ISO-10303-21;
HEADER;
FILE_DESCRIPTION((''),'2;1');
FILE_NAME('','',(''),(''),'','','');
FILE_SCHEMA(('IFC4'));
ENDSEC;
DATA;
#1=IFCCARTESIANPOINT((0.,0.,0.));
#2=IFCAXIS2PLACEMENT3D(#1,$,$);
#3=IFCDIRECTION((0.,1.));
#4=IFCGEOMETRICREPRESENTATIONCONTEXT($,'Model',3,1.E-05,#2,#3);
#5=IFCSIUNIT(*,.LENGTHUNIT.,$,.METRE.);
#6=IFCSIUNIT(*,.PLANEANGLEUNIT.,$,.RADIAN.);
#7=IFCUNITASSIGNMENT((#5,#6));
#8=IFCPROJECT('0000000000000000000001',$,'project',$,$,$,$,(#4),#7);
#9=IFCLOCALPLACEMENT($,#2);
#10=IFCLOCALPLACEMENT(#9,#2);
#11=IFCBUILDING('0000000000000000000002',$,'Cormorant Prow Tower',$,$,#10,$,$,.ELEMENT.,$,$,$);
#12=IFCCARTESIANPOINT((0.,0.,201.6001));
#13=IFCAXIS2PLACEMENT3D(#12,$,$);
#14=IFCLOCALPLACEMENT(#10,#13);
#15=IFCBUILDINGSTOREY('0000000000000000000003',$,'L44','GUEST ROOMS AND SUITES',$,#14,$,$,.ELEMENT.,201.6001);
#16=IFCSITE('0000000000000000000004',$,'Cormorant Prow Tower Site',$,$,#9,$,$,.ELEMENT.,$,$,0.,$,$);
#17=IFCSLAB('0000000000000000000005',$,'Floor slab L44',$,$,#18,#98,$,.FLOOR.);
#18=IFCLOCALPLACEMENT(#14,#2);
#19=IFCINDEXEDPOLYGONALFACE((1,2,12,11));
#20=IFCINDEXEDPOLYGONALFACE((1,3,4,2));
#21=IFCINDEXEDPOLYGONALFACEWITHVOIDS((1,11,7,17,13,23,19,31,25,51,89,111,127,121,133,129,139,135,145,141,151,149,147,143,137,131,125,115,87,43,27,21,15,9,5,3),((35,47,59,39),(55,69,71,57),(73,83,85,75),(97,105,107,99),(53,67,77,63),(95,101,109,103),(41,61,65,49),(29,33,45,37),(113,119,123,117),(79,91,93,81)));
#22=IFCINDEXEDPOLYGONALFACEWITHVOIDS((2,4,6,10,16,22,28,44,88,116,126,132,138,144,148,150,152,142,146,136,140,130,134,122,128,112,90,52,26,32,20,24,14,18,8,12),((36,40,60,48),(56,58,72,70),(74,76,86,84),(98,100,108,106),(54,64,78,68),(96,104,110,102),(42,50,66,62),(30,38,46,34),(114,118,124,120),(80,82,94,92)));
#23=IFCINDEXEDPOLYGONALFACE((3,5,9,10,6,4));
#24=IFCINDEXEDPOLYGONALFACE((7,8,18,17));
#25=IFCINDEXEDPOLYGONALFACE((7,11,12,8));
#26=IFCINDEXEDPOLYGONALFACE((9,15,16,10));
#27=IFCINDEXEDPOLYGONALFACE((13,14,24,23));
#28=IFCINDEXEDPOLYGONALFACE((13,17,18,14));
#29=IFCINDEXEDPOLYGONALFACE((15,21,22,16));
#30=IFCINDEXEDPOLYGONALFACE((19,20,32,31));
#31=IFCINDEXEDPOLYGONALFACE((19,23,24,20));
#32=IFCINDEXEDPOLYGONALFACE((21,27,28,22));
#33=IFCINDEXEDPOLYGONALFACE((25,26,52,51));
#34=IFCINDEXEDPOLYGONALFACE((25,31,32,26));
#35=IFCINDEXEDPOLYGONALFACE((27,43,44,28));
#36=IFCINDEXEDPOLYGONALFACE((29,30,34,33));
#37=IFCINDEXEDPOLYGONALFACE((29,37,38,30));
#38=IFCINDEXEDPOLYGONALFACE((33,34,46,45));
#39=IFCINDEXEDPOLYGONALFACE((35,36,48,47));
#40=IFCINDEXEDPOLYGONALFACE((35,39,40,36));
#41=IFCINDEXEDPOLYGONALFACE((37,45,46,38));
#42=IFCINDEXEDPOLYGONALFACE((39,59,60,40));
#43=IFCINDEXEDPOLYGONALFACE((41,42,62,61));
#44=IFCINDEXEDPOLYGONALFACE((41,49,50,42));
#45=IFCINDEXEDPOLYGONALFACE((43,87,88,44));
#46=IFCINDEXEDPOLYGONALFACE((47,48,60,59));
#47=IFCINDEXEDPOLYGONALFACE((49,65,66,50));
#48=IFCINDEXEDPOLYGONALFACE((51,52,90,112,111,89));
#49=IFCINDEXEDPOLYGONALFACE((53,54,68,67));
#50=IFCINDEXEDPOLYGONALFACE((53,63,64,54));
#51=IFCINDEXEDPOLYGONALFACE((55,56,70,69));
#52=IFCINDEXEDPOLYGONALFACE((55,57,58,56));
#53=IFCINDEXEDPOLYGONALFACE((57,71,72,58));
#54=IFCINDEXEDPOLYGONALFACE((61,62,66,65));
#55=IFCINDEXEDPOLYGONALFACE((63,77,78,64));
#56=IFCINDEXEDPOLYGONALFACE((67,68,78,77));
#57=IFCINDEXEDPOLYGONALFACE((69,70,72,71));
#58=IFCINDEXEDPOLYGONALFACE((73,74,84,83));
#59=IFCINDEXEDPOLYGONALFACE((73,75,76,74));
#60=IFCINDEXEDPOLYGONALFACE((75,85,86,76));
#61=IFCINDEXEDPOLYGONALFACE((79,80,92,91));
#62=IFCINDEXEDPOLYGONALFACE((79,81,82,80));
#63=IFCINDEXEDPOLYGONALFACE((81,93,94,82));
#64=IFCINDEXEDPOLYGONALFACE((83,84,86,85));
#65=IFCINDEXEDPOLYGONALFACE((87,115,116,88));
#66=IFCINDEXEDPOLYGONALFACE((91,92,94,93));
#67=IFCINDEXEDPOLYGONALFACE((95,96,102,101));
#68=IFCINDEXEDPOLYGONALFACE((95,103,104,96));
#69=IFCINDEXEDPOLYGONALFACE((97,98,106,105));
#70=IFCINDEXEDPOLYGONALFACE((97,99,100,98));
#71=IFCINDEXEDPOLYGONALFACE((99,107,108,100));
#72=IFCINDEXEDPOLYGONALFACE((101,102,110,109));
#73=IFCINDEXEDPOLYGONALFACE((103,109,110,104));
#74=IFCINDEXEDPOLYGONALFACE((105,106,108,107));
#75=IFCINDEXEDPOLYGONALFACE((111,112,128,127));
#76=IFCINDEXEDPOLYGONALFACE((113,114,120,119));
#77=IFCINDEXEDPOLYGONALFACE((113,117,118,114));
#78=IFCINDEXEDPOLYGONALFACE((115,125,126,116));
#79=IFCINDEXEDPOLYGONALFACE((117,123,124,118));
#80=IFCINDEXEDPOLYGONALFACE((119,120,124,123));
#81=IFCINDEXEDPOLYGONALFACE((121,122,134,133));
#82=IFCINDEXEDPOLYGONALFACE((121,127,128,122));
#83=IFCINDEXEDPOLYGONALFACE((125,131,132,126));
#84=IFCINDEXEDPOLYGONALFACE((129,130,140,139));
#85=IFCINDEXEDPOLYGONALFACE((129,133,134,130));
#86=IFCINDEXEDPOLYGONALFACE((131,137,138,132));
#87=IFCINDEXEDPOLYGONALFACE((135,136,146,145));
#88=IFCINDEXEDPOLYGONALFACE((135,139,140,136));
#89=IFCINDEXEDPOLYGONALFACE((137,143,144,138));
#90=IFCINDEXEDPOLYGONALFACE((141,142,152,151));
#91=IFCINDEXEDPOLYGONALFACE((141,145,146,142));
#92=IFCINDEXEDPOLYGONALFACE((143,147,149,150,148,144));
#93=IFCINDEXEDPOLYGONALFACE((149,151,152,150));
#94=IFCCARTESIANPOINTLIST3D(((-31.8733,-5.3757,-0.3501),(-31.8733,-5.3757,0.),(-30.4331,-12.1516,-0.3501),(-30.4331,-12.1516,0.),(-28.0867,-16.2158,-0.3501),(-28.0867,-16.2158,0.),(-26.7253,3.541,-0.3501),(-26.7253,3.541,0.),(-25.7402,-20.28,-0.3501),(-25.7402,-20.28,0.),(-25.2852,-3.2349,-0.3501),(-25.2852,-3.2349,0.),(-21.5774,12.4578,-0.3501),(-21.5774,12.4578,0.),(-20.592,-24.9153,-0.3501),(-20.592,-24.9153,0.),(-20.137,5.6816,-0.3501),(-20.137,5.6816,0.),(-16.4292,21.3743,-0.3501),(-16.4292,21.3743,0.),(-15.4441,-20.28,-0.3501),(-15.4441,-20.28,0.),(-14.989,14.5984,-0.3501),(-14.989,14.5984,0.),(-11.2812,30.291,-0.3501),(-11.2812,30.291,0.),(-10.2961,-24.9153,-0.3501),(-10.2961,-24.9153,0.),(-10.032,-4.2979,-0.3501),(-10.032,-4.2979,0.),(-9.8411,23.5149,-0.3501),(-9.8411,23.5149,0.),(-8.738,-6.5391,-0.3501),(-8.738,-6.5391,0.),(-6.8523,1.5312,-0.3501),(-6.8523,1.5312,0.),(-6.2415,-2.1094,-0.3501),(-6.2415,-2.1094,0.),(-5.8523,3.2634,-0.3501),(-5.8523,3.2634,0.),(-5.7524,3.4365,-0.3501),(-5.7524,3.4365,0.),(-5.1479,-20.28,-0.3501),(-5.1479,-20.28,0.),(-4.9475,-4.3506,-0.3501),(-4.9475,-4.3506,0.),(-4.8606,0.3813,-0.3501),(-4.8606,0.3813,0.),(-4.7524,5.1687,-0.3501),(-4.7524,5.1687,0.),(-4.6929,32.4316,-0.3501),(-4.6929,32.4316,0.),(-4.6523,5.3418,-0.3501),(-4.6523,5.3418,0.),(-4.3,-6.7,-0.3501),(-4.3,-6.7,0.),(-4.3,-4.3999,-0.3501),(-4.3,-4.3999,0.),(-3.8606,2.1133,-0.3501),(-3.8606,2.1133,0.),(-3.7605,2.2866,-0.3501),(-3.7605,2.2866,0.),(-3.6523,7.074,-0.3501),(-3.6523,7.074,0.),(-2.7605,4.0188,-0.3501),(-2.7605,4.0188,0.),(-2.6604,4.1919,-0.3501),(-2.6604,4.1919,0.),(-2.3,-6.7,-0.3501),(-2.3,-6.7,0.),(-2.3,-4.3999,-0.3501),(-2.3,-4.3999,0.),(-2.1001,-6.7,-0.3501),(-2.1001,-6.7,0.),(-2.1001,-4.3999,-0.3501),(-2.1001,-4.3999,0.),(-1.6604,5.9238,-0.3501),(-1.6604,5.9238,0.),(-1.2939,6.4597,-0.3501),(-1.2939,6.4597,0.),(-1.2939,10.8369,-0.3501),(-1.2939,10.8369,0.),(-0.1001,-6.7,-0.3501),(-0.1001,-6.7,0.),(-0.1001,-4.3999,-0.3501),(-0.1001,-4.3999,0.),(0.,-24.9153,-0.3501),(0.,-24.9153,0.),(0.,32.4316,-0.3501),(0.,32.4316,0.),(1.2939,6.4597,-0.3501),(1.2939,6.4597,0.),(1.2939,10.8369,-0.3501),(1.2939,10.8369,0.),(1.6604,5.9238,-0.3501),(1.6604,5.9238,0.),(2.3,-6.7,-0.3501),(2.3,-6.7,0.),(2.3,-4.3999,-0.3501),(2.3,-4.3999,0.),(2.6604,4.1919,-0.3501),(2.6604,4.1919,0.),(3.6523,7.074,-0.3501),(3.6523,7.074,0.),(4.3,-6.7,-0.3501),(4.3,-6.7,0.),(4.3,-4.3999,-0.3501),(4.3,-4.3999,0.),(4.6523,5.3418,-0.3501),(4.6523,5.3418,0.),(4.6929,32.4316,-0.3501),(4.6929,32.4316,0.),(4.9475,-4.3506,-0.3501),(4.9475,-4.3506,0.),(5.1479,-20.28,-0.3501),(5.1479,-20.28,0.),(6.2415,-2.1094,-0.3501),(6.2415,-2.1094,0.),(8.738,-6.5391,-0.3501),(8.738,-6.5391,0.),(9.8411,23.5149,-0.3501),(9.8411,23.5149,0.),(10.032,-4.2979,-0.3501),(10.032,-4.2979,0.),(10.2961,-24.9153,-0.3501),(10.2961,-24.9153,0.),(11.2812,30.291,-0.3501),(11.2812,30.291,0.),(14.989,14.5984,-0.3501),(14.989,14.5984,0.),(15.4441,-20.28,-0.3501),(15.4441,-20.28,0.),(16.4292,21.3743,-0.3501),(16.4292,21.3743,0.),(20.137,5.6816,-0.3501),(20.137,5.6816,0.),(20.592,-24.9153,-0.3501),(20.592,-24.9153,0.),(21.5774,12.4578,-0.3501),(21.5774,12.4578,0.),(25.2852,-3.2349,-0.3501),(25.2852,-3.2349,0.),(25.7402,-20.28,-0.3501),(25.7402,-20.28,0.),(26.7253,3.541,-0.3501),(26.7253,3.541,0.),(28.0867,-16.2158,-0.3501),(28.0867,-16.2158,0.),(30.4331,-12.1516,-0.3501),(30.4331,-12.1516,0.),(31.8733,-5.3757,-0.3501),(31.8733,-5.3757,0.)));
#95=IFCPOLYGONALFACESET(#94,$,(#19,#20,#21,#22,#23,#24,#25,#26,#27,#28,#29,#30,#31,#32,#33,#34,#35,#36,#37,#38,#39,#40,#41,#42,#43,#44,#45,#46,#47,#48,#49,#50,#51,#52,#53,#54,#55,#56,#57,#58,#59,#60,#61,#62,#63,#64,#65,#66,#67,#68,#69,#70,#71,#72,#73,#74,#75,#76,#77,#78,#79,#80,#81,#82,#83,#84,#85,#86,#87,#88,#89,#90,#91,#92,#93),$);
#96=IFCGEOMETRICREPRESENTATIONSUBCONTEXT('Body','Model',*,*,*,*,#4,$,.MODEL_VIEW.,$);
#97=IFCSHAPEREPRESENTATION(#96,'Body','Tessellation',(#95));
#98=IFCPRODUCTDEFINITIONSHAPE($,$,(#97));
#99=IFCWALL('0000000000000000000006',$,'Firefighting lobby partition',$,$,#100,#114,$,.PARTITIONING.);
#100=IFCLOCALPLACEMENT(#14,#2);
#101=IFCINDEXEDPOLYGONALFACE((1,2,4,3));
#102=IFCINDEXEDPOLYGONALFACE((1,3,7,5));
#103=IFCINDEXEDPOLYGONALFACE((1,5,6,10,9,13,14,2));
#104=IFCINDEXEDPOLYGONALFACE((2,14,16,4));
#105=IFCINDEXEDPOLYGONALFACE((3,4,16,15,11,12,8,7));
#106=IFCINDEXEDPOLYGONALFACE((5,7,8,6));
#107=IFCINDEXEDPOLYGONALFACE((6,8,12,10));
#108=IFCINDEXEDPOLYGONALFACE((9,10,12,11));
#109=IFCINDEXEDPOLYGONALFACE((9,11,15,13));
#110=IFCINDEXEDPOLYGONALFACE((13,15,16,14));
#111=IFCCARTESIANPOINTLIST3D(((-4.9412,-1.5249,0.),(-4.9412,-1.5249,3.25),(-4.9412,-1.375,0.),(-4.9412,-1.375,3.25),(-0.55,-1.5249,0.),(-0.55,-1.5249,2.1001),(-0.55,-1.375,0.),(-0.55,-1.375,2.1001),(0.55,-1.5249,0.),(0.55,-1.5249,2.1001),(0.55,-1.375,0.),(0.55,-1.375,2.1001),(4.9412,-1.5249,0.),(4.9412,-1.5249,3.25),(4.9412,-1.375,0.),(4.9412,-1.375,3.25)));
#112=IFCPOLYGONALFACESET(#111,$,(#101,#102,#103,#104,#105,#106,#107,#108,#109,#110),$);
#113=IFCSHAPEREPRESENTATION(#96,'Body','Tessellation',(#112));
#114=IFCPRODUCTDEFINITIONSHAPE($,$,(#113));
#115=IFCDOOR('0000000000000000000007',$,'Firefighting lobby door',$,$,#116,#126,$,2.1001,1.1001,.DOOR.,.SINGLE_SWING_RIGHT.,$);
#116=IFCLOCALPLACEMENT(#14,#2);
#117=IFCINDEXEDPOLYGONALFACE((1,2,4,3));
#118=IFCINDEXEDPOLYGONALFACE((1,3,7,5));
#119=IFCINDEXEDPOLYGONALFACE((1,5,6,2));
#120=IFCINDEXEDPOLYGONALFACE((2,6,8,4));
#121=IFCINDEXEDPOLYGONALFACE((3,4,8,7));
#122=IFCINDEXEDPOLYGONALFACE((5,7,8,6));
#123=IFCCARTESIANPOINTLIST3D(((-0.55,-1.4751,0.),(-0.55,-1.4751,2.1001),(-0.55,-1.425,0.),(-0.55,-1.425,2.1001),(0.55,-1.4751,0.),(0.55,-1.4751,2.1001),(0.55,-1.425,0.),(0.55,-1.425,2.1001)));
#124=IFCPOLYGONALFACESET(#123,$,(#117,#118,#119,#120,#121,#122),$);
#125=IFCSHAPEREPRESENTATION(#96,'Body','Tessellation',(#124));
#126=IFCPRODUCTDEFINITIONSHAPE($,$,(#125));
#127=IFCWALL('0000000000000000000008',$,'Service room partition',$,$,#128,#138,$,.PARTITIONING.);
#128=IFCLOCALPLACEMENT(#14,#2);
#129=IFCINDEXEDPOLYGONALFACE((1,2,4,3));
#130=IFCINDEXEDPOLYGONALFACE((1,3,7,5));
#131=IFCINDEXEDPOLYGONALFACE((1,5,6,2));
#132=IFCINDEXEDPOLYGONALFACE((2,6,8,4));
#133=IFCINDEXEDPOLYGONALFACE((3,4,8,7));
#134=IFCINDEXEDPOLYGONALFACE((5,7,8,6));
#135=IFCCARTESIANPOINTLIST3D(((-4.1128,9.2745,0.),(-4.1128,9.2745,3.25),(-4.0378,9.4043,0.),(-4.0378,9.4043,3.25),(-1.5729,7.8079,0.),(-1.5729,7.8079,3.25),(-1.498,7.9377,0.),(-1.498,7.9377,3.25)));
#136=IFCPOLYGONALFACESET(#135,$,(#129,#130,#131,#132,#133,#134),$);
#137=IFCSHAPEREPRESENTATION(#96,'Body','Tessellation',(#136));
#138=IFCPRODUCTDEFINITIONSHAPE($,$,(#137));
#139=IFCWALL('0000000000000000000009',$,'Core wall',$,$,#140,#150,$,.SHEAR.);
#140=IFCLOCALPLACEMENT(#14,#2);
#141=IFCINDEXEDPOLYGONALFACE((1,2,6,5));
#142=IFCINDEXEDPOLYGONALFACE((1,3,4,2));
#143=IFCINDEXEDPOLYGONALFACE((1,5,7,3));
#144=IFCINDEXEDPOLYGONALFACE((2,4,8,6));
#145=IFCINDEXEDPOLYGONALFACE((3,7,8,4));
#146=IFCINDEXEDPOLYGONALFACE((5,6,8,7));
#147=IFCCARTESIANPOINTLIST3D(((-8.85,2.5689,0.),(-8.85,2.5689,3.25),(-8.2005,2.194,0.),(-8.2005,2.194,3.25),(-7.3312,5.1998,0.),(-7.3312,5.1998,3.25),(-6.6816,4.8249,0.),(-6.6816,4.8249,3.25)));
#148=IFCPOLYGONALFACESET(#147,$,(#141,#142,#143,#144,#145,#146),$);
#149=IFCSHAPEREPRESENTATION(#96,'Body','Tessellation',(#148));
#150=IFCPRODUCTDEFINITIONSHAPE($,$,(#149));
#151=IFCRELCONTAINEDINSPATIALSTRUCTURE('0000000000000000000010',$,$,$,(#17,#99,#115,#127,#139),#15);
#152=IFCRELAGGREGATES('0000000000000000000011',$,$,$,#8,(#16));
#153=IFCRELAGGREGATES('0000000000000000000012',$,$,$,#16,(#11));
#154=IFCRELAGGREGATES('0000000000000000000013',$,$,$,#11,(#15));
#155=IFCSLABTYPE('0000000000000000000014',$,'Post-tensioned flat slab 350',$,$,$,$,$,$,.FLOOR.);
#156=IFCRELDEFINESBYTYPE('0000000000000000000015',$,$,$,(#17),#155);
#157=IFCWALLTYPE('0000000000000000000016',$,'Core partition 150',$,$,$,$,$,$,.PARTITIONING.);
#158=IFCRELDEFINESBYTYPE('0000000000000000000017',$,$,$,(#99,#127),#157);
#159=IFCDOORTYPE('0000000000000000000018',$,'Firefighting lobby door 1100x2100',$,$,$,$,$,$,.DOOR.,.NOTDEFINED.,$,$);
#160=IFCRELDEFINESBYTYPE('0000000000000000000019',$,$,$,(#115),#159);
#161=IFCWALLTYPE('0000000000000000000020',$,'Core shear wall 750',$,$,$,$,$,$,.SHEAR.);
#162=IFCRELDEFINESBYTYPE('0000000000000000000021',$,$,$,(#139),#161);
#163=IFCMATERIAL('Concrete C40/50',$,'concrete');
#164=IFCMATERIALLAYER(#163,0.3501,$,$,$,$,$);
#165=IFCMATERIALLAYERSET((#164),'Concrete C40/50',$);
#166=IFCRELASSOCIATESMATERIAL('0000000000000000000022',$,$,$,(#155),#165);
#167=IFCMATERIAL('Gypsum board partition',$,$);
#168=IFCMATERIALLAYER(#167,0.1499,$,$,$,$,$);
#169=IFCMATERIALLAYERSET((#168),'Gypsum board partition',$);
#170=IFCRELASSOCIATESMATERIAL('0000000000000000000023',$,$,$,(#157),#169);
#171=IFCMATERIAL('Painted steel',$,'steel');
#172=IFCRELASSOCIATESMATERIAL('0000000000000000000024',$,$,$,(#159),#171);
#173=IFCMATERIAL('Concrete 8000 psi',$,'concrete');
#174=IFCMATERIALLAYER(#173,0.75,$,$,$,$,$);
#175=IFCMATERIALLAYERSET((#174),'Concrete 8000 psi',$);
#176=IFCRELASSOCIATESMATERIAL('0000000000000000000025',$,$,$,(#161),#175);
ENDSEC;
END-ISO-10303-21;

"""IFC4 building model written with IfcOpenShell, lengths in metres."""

from ifc_helpers import new_model, si_unit, direction, frame, frame_2d, origin, place, context, subcontext, project, spatial, polyline, rectangle, outline, extrude, material, layer, layer_set, type_object, element, fill, save


model = new_model("IFC4")

# Units and contexts
model_context = context("Model", 3, precision=1e-05, world=origin(), true_north=direction((0.0, 1.0)))
body_context = subcontext(model_context, "Body", "Model", "MODEL_VIEW")
ifc_project = project(units=[si_unit("LENGTHUNIT", "METRE"), si_unit("PLANEANGLEUNIT", "RADIAN")], contexts=[model_context])

# Site, building, storey
site_placement = place(None, origin())
site = spatial("IfcSite", under=ifc_project, at=site_placement, Name="Cormorant Prow Tower Site", CompositionType="ELEMENT", RefElevation=0.0)
building_placement = place(site_placement, origin())
building = spatial("IfcBuilding", under=site, at=building_placement, Name="Cormorant Prow Tower", CompositionType="ELEMENT")
storey_placement = place(building_placement, frame((0.0, 0.0, 201.6001)))
storey = spatial("IfcBuildingStorey", under=building, at=storey_placement, Name="L44", Description="GUEST ROOMS AND SUITES", CompositionType="ELEMENT", Elevation=201.6001)

# Slab
ifc_material_1 = material(Name="Concrete C40/50", Category="concrete")
ifc_layer_1 = layer(ifc_material_1, 0.3501)
ifc_layer_set_1 = layer_set([ifc_layer_1], Name="Concrete C40/50")
slab_type_1 = type_object("IfcSlabType", Name="Post-tensioned flat slab 350", PredefinedType="FLOOR", material=ifc_layer_set_1)
slab_1_placement = place(storey_placement, frame((0.0, 0.0, -0.3501)))
element("IfcSlab", 1, at=slab_1_placement, inside=storey, type_object=slab_type_1, Name="Floor slab L44", PredefinedType="FLOOR", context=body_context, shape_type="SweptSolid", body=[
    extrude(outline(polyline([(-9.8411, 23.5149), (-16.4292, 21.3743), (-14.989, 14.5984), (-21.5774, 12.4578), (-20.137, 5.6816), (-26.7253, 3.541), (-25.2852, -3.2349), (-31.8733, -5.3757), (-30.4331, -12.1516), (-28.0867, -16.2158), (-25.7402, -20.28), (-20.592, -24.9153), (-15.4441, -20.28), (-10.2961, -24.9153), (-5.1479, -20.28), (0.0, -24.9153), (5.1479, -20.28), (10.2961, -24.9153), (15.4441, -20.28), (20.592, -24.9153), (25.7402, -20.28), (28.0867, -16.2158), (30.4331, -12.1516), (31.8733, -5.3757), (25.2852, -3.2349), (26.7253, 3.541), (20.137, 5.6816), (21.5774, 12.4578), (14.989, 14.5984), (16.4292, 21.3743), (9.8411, 23.5149), (11.2812, 30.291), (4.6929, 32.4316), (0.0, 32.4316), (-4.6929, 32.4316), (-11.2812, 30.291), (-9.8411, 23.5149)]), holes=[polyline([(-4.3, -4.3999), (-2.3, -4.3999), (-2.3, -6.7), (-4.3, -6.7), (-4.3, -4.3999)]), polyline([(-0.1001, -4.3999), (-0.1001, -6.7), (-2.1001, -6.7), (-2.1001, -4.3999), (-0.1001, -4.3999)]), polyline([(4.3, -6.7), (2.3, -6.7), (2.3, -4.3999), (4.3, -4.3999), (4.3, -6.7)]), polyline([(4.6523, 5.3418), (2.6604, 4.1919), (1.6604, 5.9238), (3.6523, 7.074), (4.6523, 5.3418)]), polyline([(-1.6604, 5.9238), (-2.6604, 4.1919), (-4.6523, 5.3418), (-3.6523, 7.074), (-1.6604, 5.9238)]), polyline([(-3.7605, 2.2866), (-5.7524, 3.4365), (-4.7524, 5.1687), (-2.7605, 4.0188), (-3.7605, 2.2866)]), polyline([(-6.8523, 1.5312), (-5.8523, 3.2634), (-3.8606, 2.1133), (-4.8606, 0.3813), (-6.8523, 1.5312)]), polyline([(-4.9475, -4.3506), (-8.738, -6.5391), (-10.032, -4.2979), (-6.2415, -2.1094), (-4.9475, -4.3506)]), polyline([(10.032, -4.2979), (8.738, -6.5391), (4.9475, -4.3506), (6.2415, -2.1094), (10.032, -4.2979)]), polyline([(1.2939, 10.8369), (1.2939, 6.4597), (-1.2939, 6.4597), (-1.2939, 10.8369), (1.2939, 10.8369)])]), origin(), (0.0, 0.0, 1.0), 0.3501),
])

# Wall, opening, door
ifc_material_2 = material(Name="Gypsum board partition")
ifc_layer_2 = layer(ifc_material_2, 0.1499)
ifc_layer_set_2 = layer_set([ifc_layer_2], Name="Gypsum board partition")
wall_type_1 = type_object("IfcWallType", Name="Core partition 150", PredefinedType="PARTITIONING", material=ifc_layer_set_2)
wall_1_placement = place(storey_placement, frame((-4.9412, -1.45, 0.0), z_axis=(0.0, 0.0, 1.0), x_axis=(1.0, 0.0, 0.0)))
wall_1 = element("IfcWall", 2, at=wall_1_placement, inside=storey, type_object=wall_type_1, Name="Firefighting lobby partition", PredefinedType="PARTITIONING", context=body_context, shape_type="SweptSolid", body=[
    extrude(rectangle(XDim=9.8823, YDim=0.1499, at=frame_2d((4.9412, 0.0))), origin(), (0.0, 0.0, 1.0), 3.25),
])
opening_1_placement = place(wall_1_placement, frame((4.3911, 0.0, 0.0)))
opening_1 = element("IfcOpeningElement", 3, at=opening_1_placement, cuts=wall_1, PredefinedType="OPENING", context=body_context, shape_type="SweptSolid", body=[
    extrude(rectangle(XDim=1.1001, YDim=2.1001, at=frame_2d((0.55, 1.05))), frame((0.0, 0.085, 0.0), z_axis=(0.0, -1.0, 0.0), x_axis=(1.0, 0.0, 0.0)), (0.0, 0.0, 1.0), 0.1699),
])
ifc_material_3 = material(Name="Painted steel", Category="steel")
door_type_1 = type_object("IfcDoorType", Name="Firefighting lobby door 1100x2100", OperationType="NOTDEFINED", PredefinedType="DOOR", material=ifc_material_3)
door_1_placement = place(opening_1_placement, origin())
door_1 = element("IfcDoor", 4, at=door_1_placement, inside=storey, type_object=door_type_1, Name="Firefighting lobby door", OperationType="SINGLE_SWING_RIGHT", OverallHeight=2.1001, OverallWidth=1.1001, PredefinedType="DOOR", context=body_context, shape_type="SweptSolid", body=[
    extrude(rectangle(XDim=1.1001, YDim=2.1001, at=frame_2d((0.55, 1.05))), frame((0.0, 0.0249, 0.0), z_axis=(0.0, -1.0, 0.0), x_axis=(1.0, 0.0, 0.0)), (0.0, 0.0, 1.0), 0.05),
])
fill(opening_1, door_1)

# Walls
wall_2_placement = place(storey_placement, frame((-4.0752, 9.3394, 0.0), z_axis=(0.0, 0.0, 1.0), x_axis=(0.865996, -0.500052, 0.0)))
element("IfcWall", 5, at=wall_2_placement, inside=storey, type_object=wall_type_1, Name="Service room partition", PredefinedType="PARTITIONING", context=body_context, shape_type="SweptSolid", body=[
    extrude(rectangle(XDim=2.9329, YDim=0.1499, at=frame_2d((1.4663, 0.0))), origin(), (0.0, 0.0, 1.0), 3.25),
])
ifc_material_4 = material(Name="Concrete 8000 psi", Category="concrete")
ifc_layer_3 = layer(ifc_material_4, 0.75)
ifc_layer_set_3 = layer_set([ifc_layer_3], Name="Concrete 8000 psi")
wall_type_2 = type_object("IfcWallType", Name="Core shear wall 750", PredefinedType="SHEAR", material=ifc_layer_set_3)
wall_3_placement = place(storey_placement, frame((-7.0063, 5.0125, 0.0), z_axis=(0.0, 0.0, 1.0), x_axis=(-0.499968, -0.866044, 0.0)))
element("IfcWall", 6, at=wall_3_placement, inside=storey, type_object=wall_type_2, Name="Core wall", PredefinedType="SHEAR", context=body_context, shape_type="SweptSolid", body=[
    extrude(rectangle(XDim=3.0378, YDim=0.75, at=frame_2d((1.519, 0.0))), origin(), (0.0, 0.0, 1.0), 3.25),
])

save(model, "model.ifc")
